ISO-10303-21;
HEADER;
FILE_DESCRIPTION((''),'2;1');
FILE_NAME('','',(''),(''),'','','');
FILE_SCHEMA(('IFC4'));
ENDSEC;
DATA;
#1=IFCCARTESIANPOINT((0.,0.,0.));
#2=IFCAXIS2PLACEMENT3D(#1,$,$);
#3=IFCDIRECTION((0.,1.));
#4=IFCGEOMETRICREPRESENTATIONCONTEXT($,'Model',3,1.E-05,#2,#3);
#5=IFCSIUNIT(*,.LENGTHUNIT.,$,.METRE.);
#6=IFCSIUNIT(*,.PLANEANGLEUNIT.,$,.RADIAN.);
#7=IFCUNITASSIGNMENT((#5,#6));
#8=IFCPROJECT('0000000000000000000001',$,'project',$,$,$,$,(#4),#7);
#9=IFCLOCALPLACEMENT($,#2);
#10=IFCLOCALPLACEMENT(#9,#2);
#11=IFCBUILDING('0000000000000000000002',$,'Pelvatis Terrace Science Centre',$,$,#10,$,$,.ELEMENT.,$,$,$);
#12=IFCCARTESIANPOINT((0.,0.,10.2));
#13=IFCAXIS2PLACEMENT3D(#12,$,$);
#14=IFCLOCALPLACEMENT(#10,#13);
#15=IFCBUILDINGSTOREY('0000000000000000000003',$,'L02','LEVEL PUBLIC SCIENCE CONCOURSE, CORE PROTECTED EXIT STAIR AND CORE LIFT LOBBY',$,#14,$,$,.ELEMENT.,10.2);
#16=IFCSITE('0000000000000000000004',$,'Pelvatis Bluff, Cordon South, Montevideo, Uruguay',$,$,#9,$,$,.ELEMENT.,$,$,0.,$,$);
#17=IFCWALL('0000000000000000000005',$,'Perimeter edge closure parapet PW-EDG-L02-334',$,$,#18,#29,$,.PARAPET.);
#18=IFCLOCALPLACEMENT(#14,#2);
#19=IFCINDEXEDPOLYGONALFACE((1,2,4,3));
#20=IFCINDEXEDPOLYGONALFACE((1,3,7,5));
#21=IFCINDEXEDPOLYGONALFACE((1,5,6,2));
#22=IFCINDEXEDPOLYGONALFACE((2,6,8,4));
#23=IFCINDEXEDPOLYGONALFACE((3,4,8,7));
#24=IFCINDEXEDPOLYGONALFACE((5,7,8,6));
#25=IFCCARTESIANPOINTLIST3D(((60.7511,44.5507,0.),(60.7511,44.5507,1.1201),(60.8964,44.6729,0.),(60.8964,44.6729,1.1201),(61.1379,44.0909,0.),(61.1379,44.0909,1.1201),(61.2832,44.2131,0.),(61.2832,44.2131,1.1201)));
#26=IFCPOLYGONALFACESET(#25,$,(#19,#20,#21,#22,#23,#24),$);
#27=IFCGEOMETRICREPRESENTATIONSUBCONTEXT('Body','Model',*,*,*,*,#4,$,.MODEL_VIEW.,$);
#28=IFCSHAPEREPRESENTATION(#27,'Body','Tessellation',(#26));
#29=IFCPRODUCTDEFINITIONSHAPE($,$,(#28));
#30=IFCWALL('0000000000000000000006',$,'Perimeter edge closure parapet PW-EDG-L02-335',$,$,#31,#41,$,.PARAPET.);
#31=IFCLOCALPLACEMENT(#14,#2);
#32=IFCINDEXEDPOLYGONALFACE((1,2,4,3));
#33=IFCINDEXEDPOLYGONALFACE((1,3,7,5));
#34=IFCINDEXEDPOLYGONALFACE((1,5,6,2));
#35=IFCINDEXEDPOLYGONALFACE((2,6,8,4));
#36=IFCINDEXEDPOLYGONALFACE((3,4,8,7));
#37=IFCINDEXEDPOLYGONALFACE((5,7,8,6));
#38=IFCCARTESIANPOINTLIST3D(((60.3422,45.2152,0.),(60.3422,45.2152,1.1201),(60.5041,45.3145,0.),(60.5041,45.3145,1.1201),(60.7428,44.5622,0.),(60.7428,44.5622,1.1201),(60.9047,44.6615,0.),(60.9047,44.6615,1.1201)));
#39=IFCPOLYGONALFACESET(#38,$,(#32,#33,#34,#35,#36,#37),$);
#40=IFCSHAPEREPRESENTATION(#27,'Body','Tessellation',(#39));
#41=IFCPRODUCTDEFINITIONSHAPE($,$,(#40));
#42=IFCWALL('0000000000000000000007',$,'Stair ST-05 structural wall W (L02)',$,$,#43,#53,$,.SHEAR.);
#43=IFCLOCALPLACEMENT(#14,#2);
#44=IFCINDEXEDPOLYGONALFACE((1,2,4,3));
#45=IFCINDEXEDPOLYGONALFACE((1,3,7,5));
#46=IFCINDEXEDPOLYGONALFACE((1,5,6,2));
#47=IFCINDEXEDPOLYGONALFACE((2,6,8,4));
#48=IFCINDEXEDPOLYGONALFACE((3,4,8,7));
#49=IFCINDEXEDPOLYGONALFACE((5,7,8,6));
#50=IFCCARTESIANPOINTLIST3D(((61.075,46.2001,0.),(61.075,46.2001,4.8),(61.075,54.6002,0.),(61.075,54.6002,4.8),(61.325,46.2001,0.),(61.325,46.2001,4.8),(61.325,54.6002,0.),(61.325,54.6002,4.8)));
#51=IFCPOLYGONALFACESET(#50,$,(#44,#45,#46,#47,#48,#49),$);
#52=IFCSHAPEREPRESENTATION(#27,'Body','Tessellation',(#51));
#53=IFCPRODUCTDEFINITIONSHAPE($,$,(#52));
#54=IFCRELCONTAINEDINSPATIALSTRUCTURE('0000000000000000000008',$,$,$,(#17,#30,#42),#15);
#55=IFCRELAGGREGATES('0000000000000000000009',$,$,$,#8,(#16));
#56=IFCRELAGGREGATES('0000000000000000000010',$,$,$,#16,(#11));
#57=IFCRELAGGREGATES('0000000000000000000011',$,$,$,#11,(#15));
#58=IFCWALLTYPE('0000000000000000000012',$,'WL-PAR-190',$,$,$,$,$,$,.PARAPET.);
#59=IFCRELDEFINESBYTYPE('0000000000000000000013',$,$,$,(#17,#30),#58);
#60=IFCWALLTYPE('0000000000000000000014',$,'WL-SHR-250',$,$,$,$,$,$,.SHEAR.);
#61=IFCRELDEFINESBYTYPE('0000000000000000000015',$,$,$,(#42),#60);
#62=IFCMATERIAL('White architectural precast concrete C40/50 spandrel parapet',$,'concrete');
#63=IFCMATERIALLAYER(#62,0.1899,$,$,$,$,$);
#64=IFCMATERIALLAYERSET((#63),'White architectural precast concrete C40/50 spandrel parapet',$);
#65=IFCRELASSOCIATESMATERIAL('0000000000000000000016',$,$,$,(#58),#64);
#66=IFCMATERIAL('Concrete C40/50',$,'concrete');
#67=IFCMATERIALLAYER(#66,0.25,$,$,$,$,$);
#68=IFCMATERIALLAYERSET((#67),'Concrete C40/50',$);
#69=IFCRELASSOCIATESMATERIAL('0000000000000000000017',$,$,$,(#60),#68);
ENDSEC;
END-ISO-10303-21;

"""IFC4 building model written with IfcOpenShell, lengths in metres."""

from ifc_helpers import new_model, si_unit, direction, frame, frame_2d, origin, place, context, subcontext, project, spatial, rectangle, extrude, material, layer, layer_set, type_object, element, save


model = new_model("IFC4")

# Units and contexts
model_context = context("Model", 3, precision=1e-05, world=origin(), true_north=direction((0.0, 1.0)))
body_context = subcontext(model_context, "Body", "Model", "MODEL_VIEW")
ifc_project = project(units=[si_unit("LENGTHUNIT", "METRE"), si_unit("PLANEANGLEUNIT", "RADIAN")], contexts=[model_context])

# Site, building, storey
site_placement = place(None, origin())
site = spatial("IfcSite", under=ifc_project, at=site_placement, Name="Pelvatis Bluff, Cordon South, Montevideo, Uruguay", CompositionType="ELEMENT", RefElevation=0.0)
building_placement = place(site_placement, origin())
building = spatial("IfcBuilding", under=site, at=building_placement, Name="Pelvatis Terrace Science Centre", CompositionType="ELEMENT")
storey_placement = place(building_placement, frame((0.0, 0.0, 10.2)))
storey = spatial("IfcBuildingStorey", under=building, at=storey_placement, Name="L02", Description="LEVEL PUBLIC SCIENCE CONCOURSE, CORE PROTECTED EXIT STAIR AND CORE LIFT LOBBY", CompositionType="ELEMENT", Elevation=10.2)

# Walls
ifc_material_1 = material(Name="White architectural precast concrete C40/50 spandrel parapet", Category="concrete")
ifc_layer_1 = layer(ifc_material_1, 0.1899)
ifc_layer_set_1 = layer_set([ifc_layer_1], Name="White architectural precast concrete C40/50 spandrel parapet")
wall_type_1 = type_object("IfcWallType", Name="WL-PAR-190", PredefinedType="PARAPET", material=ifc_layer_set_1)
wall_1_placement = place(storey_placement, frame((61.2104, 44.1521, 0.0), z_axis=(0.0, 0.0, 1.0), x_axis=(-0.643735, 0.765248, 0.0)))
element("IfcWall", 1, at=wall_1_placement, inside=storey, type_object=wall_type_1, Name="Perimeter edge closure parapet PW-EDG-L02-334", PredefinedType="PARAPET", context=body_context, shape_type="SweptSolid", body=[
    extrude(rectangle(XDim=0.6008, YDim=0.1899, at=frame_2d((0.3003, 0.0))), origin(), (0.0, 0.0, 1.0), 1.1201),
])
wall_2_placement = place(storey_placement, frame((60.8237, 44.6118, 0.0), z_axis=(0.0, 0.0, 1.0), x_axis=(-0.522906, 0.852391, 0.0)))
element("IfcWall", 2, at=wall_2_placement, inside=storey, type_object=wall_type_1, Name="Perimeter edge closure parapet PW-EDG-L02-335", PredefinedType="PARAPET", context=body_context, shape_type="SweptSolid", body=[
    extrude(rectangle(XDim=0.7661, YDim=0.1899, at=frame_2d((0.3831, 0.0))), origin(), (0.0, 0.0, 1.0), 1.1201),
])
ifc_material_2 = material(Name="Concrete C40/50", Category="concrete")
ifc_layer_2 = layer(ifc_material_2, 0.25)
ifc_layer_set_2 = layer_set([ifc_layer_2], Name="Concrete C40/50")
wall_type_2 = type_object("IfcWallType", Name="WL-SHR-250", PredefinedType="SHEAR", material=ifc_layer_set_2)
wall_3_placement = place(storey_placement, frame((61.2, 46.2, 0.0), z_axis=(0.0, 0.0, 1.0), x_axis=(0.0, 1.0, 0.0)))
element("IfcWall", 3, at=wall_3_placement, inside=storey, type_object=wall_type_2, Name="Stair ST-05 structural wall W (L02)", PredefinedType="SHEAR", context=body_context, shape_type="SweptSolid", body=[
    extrude(rectangle(XDim=8.4001, YDim=0.25, at=frame_2d((4.2002, 0.0))), origin(), (0.0, 0.0, 1.0), 4.8),
])

save(model, "model.ifc")
